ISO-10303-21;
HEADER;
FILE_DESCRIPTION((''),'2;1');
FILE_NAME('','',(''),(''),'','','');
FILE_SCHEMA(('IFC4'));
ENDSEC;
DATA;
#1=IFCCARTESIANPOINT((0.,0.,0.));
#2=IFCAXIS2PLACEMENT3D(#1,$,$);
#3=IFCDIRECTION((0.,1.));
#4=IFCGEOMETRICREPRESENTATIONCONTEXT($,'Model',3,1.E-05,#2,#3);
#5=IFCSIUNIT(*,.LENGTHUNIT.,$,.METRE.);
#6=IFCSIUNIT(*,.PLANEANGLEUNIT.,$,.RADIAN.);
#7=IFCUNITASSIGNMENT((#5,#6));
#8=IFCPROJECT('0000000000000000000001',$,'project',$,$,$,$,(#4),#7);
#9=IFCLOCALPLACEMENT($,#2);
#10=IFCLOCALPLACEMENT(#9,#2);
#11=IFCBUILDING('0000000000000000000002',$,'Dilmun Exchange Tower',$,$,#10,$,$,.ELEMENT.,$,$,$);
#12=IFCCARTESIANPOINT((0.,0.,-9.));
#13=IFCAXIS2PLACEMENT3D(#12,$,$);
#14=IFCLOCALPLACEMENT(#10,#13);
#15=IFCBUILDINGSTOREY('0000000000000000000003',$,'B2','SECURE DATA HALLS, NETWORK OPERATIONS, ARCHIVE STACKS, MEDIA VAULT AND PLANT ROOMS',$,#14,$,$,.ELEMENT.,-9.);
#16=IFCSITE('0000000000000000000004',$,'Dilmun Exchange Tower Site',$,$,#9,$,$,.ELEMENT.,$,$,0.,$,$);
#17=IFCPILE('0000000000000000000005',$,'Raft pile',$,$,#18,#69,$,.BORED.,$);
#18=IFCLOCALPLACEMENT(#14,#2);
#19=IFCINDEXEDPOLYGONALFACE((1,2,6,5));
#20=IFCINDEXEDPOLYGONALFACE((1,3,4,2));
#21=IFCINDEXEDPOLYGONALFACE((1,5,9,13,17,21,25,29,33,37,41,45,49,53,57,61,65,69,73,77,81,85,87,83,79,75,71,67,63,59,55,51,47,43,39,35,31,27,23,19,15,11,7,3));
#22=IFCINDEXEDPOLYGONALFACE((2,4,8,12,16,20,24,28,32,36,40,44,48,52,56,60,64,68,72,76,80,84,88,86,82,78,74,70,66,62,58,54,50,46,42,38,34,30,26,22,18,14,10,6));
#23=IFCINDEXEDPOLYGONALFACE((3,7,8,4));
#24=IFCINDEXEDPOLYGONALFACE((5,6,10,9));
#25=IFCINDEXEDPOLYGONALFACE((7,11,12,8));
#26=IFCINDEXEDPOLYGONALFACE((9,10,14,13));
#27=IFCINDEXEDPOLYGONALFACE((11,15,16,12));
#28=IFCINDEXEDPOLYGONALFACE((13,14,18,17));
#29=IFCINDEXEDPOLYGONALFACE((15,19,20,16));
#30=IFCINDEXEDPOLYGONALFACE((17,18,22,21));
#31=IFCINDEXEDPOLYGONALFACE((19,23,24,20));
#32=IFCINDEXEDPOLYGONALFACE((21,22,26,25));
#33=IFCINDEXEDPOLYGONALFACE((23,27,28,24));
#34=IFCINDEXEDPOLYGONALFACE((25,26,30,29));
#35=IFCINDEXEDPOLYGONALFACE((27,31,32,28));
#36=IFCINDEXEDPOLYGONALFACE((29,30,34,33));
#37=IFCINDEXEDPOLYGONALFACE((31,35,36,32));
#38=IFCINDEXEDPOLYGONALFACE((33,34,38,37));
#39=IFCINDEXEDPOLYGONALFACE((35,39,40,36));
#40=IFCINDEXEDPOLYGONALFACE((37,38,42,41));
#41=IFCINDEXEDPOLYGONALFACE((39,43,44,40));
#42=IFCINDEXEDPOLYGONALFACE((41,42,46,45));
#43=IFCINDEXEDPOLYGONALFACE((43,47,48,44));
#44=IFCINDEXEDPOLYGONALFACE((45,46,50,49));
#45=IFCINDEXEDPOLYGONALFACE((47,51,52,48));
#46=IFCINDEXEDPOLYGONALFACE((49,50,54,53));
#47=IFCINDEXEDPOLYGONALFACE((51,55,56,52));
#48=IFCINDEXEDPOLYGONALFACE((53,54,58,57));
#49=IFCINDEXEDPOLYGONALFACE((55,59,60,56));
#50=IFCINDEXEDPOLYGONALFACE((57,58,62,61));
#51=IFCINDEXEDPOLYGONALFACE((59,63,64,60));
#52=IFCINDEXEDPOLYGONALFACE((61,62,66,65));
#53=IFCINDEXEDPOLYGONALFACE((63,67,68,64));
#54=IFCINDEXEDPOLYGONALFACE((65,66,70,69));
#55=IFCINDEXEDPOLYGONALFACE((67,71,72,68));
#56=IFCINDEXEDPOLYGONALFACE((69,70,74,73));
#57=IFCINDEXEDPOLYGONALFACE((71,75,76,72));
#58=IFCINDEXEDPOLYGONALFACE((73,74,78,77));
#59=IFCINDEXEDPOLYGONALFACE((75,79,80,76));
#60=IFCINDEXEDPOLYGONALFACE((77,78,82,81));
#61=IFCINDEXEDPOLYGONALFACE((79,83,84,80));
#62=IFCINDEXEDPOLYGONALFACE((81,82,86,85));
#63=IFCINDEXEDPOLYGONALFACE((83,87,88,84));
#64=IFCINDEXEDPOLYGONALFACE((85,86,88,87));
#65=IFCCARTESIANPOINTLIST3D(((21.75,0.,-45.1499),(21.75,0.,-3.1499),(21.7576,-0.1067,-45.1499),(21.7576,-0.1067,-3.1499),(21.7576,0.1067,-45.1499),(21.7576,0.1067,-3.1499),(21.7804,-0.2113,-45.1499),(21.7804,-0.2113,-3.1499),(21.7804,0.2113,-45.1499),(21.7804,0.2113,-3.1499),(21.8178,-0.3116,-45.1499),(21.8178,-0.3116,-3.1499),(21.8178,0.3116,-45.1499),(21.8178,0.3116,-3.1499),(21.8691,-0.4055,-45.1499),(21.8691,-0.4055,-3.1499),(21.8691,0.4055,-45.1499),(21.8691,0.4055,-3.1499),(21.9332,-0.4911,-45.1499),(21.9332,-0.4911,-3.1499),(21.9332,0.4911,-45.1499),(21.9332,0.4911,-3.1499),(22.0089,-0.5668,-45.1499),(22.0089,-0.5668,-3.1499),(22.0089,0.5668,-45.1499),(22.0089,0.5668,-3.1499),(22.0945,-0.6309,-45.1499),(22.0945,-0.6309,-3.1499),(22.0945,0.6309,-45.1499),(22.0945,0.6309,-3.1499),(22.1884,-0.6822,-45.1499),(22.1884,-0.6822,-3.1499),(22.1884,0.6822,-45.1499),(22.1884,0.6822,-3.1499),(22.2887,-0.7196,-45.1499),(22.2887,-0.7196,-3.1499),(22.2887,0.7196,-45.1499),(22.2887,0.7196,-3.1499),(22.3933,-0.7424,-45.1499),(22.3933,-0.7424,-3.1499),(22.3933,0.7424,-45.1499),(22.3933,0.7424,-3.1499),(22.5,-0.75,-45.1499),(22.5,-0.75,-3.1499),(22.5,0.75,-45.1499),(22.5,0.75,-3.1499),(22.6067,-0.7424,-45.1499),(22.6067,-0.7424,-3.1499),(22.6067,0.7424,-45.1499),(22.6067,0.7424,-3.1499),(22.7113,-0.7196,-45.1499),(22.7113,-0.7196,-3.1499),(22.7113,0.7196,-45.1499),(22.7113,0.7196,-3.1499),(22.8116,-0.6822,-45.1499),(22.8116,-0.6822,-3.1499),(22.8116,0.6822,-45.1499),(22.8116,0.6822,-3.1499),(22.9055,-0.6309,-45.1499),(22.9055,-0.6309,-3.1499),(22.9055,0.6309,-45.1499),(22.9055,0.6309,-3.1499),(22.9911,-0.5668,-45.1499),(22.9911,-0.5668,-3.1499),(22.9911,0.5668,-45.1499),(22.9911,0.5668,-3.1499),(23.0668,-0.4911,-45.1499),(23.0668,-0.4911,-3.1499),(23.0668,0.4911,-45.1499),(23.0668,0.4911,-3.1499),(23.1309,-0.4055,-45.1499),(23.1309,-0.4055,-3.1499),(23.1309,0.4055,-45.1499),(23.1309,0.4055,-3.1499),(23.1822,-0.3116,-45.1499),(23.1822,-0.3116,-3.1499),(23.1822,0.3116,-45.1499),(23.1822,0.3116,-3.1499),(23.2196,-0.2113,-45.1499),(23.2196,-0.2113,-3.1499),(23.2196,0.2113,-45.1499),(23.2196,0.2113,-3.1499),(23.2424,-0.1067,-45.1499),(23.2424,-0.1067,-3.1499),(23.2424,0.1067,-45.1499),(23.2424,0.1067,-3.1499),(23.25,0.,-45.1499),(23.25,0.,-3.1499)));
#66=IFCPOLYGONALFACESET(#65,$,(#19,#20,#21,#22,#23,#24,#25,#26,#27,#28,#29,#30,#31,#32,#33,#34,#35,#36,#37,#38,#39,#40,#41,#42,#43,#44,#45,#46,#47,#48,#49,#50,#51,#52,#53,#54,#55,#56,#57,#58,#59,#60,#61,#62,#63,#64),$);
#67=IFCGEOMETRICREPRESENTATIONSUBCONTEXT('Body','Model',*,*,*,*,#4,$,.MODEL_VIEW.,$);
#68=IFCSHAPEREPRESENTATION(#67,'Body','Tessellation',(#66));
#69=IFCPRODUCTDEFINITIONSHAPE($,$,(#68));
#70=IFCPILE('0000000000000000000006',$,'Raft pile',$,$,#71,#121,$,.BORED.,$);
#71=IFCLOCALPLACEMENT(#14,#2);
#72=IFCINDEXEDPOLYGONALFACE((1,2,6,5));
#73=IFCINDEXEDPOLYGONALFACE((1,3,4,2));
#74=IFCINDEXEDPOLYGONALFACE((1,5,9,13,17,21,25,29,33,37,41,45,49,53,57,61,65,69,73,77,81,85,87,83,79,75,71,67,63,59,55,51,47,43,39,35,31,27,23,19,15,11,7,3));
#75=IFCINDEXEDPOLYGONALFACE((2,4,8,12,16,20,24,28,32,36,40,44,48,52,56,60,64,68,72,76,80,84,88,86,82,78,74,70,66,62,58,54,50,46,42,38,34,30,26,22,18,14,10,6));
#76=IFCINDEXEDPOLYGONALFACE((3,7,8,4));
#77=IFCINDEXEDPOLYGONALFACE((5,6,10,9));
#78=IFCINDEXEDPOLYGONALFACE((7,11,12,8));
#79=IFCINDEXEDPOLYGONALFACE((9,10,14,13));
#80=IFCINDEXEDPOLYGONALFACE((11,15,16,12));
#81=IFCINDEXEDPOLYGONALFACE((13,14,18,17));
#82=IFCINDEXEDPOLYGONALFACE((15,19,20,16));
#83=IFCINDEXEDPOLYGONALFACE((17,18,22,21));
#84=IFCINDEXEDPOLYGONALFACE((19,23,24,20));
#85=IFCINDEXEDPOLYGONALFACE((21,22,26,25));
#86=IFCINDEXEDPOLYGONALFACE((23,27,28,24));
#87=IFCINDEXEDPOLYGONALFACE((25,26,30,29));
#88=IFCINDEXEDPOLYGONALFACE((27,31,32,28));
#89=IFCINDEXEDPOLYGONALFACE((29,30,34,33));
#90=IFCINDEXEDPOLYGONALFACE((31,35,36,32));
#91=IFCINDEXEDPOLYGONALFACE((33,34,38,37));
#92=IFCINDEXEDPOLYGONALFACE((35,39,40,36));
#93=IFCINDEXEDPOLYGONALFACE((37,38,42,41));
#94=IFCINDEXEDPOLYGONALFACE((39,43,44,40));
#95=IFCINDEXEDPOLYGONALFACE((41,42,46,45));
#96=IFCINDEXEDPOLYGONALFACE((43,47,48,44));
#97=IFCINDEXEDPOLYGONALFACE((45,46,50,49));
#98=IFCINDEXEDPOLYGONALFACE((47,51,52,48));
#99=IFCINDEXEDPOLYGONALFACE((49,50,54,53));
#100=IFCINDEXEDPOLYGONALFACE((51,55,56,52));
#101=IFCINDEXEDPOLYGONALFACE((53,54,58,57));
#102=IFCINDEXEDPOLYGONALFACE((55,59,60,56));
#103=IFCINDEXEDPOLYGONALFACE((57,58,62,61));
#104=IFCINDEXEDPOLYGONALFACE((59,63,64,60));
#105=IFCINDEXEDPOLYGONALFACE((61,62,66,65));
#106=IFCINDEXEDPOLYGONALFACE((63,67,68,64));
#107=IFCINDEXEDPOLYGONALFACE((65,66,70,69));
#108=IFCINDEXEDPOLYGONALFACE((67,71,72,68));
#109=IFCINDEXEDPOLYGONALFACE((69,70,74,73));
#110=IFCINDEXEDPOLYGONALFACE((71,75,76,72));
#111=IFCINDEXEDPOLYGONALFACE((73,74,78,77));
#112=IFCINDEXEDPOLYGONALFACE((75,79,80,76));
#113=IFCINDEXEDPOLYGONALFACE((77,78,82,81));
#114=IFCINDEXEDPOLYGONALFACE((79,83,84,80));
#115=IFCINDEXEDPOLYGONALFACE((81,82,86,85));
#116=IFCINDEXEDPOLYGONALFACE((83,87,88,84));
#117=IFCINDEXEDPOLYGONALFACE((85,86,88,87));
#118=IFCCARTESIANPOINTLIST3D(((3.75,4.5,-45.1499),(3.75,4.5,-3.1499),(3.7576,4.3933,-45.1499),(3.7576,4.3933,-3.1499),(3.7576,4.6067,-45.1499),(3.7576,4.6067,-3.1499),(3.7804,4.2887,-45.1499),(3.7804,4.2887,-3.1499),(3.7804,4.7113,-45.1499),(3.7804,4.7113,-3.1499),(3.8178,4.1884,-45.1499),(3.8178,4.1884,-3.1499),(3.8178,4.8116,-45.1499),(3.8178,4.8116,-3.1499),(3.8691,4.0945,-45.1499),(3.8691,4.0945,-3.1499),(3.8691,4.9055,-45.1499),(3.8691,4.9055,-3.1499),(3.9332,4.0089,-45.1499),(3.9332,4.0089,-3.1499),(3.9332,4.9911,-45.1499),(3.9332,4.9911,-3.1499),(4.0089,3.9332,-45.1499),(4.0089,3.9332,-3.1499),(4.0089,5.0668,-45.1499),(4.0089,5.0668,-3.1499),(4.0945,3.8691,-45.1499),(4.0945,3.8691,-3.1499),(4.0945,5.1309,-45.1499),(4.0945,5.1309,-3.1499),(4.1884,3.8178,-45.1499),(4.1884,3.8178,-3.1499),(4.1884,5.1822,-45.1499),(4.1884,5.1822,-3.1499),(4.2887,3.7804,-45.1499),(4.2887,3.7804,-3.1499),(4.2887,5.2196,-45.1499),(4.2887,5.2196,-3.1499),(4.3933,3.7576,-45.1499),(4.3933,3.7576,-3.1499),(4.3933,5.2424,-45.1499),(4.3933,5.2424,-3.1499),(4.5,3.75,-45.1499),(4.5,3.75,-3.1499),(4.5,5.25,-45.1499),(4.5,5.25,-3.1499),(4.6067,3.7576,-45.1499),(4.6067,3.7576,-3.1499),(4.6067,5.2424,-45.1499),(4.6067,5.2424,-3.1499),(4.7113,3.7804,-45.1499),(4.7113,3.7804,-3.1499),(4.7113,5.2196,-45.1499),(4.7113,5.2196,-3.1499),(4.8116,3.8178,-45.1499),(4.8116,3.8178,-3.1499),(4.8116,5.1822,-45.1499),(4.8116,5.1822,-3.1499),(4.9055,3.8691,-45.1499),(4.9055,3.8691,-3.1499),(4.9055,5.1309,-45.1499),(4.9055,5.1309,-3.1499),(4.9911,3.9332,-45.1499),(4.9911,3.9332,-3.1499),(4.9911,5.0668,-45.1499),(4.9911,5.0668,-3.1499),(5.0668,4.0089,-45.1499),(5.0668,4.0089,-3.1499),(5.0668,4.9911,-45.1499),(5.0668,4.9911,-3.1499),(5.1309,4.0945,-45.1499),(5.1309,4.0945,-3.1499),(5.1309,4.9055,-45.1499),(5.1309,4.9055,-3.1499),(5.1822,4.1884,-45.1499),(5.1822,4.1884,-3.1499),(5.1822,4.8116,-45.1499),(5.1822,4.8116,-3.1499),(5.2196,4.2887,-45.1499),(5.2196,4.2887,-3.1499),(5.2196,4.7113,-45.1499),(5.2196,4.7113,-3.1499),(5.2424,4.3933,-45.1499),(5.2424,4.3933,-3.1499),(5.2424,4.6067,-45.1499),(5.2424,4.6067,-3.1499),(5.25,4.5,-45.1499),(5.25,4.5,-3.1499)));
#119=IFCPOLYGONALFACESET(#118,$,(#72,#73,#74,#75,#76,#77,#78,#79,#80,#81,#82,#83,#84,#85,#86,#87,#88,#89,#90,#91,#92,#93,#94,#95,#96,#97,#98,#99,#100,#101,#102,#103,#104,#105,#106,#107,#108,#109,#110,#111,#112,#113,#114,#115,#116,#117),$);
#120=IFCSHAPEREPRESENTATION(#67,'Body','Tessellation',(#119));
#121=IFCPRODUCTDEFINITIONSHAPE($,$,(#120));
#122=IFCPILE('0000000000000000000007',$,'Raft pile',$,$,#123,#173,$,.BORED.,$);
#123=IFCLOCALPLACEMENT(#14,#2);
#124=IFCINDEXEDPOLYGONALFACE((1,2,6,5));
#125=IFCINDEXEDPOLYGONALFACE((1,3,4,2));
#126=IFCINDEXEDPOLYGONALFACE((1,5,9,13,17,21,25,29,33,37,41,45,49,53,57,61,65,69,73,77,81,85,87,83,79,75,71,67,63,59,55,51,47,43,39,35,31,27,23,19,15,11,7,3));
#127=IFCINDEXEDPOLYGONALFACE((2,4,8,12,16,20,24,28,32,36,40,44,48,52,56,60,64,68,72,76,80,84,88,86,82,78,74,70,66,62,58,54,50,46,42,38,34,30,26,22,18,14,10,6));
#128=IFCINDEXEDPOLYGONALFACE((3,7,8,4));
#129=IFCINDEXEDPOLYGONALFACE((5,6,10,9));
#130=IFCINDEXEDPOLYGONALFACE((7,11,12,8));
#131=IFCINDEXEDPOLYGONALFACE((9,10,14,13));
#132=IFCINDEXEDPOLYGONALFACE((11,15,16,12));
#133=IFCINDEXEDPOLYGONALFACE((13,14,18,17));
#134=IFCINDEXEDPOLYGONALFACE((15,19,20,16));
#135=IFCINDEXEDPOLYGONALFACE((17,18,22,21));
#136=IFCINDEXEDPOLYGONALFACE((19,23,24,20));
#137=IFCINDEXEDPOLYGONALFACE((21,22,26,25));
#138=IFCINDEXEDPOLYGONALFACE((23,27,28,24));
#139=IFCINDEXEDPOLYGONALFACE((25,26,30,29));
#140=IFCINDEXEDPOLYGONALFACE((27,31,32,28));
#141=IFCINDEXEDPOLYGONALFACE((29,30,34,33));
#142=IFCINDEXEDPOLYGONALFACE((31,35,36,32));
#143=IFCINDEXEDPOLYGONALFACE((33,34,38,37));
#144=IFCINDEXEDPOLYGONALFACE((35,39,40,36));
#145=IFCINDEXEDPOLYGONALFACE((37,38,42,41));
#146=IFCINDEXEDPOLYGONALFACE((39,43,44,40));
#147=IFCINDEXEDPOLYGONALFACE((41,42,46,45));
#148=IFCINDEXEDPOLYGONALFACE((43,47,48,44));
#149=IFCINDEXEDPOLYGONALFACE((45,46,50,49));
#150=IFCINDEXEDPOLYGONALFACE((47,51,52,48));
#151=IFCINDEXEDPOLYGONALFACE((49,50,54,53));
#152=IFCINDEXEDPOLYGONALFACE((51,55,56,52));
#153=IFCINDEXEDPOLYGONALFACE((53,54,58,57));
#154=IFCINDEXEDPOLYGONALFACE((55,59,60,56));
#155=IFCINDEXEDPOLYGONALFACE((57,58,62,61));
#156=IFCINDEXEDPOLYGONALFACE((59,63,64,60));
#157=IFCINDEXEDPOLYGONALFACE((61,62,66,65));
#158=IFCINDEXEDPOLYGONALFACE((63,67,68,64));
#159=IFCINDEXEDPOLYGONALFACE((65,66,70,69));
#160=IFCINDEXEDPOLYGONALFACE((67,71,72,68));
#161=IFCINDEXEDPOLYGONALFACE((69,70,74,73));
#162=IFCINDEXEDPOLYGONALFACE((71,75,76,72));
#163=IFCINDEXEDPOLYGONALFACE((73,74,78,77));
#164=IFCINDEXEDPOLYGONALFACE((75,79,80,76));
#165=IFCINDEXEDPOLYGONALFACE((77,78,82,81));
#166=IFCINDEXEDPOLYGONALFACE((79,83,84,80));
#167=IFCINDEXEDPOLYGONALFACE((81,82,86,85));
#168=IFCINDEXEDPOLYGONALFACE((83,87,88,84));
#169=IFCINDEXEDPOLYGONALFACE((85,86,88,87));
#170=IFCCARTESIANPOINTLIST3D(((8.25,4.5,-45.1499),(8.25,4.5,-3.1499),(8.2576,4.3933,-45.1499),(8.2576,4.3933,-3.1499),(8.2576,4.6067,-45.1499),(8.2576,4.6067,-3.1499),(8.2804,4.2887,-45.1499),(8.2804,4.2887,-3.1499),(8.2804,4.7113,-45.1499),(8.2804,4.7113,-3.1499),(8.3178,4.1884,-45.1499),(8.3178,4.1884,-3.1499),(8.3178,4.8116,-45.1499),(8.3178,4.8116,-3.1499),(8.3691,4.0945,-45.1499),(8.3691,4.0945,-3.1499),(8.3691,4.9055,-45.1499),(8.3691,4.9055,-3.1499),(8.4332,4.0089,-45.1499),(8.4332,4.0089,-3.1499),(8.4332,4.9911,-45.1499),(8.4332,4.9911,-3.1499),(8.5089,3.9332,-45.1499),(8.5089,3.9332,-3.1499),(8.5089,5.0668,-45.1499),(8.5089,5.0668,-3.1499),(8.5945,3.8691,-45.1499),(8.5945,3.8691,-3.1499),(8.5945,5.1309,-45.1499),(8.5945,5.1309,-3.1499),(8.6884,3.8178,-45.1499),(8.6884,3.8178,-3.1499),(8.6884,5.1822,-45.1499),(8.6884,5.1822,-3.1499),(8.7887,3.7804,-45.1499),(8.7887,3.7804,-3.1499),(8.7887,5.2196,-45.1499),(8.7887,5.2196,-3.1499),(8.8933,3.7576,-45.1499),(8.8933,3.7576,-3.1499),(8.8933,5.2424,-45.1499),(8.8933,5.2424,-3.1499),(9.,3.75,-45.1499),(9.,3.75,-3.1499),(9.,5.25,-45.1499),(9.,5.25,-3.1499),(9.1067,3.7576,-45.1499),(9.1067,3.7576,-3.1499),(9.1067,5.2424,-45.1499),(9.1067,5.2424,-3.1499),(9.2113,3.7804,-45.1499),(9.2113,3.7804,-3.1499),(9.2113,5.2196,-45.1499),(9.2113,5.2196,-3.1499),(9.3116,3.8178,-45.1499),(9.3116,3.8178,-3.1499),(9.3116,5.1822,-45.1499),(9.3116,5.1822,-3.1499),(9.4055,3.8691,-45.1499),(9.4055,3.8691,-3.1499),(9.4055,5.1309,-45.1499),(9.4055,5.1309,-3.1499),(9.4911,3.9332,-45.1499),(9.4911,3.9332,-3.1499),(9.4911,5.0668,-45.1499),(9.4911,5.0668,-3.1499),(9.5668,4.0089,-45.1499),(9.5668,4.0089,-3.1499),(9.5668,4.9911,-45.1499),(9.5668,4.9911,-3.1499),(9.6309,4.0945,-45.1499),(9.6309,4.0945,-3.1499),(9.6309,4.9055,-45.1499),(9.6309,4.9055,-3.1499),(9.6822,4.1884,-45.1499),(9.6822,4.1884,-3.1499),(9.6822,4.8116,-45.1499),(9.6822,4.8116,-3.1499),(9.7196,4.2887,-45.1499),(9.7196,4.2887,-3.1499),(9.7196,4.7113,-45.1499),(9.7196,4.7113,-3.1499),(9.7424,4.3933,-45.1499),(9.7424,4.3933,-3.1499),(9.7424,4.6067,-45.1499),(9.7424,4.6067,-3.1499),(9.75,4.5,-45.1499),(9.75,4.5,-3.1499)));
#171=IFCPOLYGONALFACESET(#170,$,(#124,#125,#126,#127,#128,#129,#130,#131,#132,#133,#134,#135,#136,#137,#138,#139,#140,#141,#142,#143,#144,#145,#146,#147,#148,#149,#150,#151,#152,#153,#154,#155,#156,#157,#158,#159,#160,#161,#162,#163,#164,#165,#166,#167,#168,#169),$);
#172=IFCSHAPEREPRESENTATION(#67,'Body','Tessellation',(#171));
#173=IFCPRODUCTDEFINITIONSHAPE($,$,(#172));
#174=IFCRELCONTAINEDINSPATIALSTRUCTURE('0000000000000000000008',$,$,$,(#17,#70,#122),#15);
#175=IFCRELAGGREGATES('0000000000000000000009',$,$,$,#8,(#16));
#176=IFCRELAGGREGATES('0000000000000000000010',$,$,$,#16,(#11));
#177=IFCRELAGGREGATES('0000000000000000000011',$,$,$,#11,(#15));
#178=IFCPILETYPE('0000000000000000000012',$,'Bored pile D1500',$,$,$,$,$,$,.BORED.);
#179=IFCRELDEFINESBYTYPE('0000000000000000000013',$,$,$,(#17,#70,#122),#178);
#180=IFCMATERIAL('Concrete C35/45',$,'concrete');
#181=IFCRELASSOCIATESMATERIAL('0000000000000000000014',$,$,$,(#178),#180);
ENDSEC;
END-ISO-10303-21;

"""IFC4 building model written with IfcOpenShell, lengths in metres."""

from ifc_helpers import new_model, si_unit, direction, frame, origin, origin_2d, place, context, subcontext, project, spatial, circle, extrude, material, material_profile, profile_set, type_object, element, save


model = new_model("IFC4")

# Units and contexts
model_context = context("Model", 3, precision=1e-05, world=origin(), true_north=direction((0.0, 1.0)))
body_context = subcontext(model_context, "Body", "Model", "MODEL_VIEW")
ifc_project = project(units=[si_unit("LENGTHUNIT", "METRE"), si_unit("PLANEANGLEUNIT", "RADIAN")], contexts=[model_context])

# Site, building, storey
site_placement = place(None, origin())
site = spatial("IfcSite", under=ifc_project, at=site_placement, Name="Dilmun Exchange Tower Site", CompositionType="ELEMENT", RefElevation=0.0)
building_placement = place(site_placement, origin())
building = spatial("IfcBuilding", under=site, at=building_placement, Name="Dilmun Exchange Tower", CompositionType="ELEMENT")
storey_placement = place(building_placement, frame((0.0, 0.0, -9.0)))
storey = spatial("IfcBuildingStorey", under=building, at=storey_placement, Name="B2", Description="SECURE DATA HALLS, NETWORK OPERATIONS, ARCHIVE STACKS, MEDIA VAULT AND PLANT ROOMS", CompositionType="ELEMENT", Elevation=-9.0)

# Piles
ifc_material_1 = material(Name="Concrete C35/45", Category="concrete")
ifc_material_profile_1 = material_profile(ifc_material_1, circle(Radius=0.75, at=origin_2d()), Name="D1500")
ifc_profile_set_1 = profile_set([ifc_material_profile_1], Name="Concrete C35/45")
pile_type = type_object("IfcPileType", Name="Bored pile D1500", PredefinedType="BORED", material=ifc_profile_set_1)
for number, where, z_axis, x_axis, name in (
    (1, (22.5, 0.0, -3.1499), (0.0, 0.0, -1.0), (1.0, 0.0, 0.0), "Raft pile"),
    (2, (4.5, 4.5, -3.1499), (0.0, 0.0, -1.0), (1.0, 0.0, 0.0), "Raft pile"),
    (3, (9.0, 4.5, -3.1499), (0.0, 0.0, -1.0), (1.0, 0.0, 0.0), "Raft pile"),
):
    element("IfcPile", number, at=place(storey_placement, frame(where, z_axis=z_axis, x_axis=x_axis)), inside=storey, type_object=pile_type, Name=name, PredefinedType="BORED", context=body_context, shape_type="SweptSolid", body=[
        extrude(circle(Radius=0.75, at=origin_2d()), origin(), (0.0, 0.0, 1.0), 42.0),
    ])

save(model, "model.ifc")
